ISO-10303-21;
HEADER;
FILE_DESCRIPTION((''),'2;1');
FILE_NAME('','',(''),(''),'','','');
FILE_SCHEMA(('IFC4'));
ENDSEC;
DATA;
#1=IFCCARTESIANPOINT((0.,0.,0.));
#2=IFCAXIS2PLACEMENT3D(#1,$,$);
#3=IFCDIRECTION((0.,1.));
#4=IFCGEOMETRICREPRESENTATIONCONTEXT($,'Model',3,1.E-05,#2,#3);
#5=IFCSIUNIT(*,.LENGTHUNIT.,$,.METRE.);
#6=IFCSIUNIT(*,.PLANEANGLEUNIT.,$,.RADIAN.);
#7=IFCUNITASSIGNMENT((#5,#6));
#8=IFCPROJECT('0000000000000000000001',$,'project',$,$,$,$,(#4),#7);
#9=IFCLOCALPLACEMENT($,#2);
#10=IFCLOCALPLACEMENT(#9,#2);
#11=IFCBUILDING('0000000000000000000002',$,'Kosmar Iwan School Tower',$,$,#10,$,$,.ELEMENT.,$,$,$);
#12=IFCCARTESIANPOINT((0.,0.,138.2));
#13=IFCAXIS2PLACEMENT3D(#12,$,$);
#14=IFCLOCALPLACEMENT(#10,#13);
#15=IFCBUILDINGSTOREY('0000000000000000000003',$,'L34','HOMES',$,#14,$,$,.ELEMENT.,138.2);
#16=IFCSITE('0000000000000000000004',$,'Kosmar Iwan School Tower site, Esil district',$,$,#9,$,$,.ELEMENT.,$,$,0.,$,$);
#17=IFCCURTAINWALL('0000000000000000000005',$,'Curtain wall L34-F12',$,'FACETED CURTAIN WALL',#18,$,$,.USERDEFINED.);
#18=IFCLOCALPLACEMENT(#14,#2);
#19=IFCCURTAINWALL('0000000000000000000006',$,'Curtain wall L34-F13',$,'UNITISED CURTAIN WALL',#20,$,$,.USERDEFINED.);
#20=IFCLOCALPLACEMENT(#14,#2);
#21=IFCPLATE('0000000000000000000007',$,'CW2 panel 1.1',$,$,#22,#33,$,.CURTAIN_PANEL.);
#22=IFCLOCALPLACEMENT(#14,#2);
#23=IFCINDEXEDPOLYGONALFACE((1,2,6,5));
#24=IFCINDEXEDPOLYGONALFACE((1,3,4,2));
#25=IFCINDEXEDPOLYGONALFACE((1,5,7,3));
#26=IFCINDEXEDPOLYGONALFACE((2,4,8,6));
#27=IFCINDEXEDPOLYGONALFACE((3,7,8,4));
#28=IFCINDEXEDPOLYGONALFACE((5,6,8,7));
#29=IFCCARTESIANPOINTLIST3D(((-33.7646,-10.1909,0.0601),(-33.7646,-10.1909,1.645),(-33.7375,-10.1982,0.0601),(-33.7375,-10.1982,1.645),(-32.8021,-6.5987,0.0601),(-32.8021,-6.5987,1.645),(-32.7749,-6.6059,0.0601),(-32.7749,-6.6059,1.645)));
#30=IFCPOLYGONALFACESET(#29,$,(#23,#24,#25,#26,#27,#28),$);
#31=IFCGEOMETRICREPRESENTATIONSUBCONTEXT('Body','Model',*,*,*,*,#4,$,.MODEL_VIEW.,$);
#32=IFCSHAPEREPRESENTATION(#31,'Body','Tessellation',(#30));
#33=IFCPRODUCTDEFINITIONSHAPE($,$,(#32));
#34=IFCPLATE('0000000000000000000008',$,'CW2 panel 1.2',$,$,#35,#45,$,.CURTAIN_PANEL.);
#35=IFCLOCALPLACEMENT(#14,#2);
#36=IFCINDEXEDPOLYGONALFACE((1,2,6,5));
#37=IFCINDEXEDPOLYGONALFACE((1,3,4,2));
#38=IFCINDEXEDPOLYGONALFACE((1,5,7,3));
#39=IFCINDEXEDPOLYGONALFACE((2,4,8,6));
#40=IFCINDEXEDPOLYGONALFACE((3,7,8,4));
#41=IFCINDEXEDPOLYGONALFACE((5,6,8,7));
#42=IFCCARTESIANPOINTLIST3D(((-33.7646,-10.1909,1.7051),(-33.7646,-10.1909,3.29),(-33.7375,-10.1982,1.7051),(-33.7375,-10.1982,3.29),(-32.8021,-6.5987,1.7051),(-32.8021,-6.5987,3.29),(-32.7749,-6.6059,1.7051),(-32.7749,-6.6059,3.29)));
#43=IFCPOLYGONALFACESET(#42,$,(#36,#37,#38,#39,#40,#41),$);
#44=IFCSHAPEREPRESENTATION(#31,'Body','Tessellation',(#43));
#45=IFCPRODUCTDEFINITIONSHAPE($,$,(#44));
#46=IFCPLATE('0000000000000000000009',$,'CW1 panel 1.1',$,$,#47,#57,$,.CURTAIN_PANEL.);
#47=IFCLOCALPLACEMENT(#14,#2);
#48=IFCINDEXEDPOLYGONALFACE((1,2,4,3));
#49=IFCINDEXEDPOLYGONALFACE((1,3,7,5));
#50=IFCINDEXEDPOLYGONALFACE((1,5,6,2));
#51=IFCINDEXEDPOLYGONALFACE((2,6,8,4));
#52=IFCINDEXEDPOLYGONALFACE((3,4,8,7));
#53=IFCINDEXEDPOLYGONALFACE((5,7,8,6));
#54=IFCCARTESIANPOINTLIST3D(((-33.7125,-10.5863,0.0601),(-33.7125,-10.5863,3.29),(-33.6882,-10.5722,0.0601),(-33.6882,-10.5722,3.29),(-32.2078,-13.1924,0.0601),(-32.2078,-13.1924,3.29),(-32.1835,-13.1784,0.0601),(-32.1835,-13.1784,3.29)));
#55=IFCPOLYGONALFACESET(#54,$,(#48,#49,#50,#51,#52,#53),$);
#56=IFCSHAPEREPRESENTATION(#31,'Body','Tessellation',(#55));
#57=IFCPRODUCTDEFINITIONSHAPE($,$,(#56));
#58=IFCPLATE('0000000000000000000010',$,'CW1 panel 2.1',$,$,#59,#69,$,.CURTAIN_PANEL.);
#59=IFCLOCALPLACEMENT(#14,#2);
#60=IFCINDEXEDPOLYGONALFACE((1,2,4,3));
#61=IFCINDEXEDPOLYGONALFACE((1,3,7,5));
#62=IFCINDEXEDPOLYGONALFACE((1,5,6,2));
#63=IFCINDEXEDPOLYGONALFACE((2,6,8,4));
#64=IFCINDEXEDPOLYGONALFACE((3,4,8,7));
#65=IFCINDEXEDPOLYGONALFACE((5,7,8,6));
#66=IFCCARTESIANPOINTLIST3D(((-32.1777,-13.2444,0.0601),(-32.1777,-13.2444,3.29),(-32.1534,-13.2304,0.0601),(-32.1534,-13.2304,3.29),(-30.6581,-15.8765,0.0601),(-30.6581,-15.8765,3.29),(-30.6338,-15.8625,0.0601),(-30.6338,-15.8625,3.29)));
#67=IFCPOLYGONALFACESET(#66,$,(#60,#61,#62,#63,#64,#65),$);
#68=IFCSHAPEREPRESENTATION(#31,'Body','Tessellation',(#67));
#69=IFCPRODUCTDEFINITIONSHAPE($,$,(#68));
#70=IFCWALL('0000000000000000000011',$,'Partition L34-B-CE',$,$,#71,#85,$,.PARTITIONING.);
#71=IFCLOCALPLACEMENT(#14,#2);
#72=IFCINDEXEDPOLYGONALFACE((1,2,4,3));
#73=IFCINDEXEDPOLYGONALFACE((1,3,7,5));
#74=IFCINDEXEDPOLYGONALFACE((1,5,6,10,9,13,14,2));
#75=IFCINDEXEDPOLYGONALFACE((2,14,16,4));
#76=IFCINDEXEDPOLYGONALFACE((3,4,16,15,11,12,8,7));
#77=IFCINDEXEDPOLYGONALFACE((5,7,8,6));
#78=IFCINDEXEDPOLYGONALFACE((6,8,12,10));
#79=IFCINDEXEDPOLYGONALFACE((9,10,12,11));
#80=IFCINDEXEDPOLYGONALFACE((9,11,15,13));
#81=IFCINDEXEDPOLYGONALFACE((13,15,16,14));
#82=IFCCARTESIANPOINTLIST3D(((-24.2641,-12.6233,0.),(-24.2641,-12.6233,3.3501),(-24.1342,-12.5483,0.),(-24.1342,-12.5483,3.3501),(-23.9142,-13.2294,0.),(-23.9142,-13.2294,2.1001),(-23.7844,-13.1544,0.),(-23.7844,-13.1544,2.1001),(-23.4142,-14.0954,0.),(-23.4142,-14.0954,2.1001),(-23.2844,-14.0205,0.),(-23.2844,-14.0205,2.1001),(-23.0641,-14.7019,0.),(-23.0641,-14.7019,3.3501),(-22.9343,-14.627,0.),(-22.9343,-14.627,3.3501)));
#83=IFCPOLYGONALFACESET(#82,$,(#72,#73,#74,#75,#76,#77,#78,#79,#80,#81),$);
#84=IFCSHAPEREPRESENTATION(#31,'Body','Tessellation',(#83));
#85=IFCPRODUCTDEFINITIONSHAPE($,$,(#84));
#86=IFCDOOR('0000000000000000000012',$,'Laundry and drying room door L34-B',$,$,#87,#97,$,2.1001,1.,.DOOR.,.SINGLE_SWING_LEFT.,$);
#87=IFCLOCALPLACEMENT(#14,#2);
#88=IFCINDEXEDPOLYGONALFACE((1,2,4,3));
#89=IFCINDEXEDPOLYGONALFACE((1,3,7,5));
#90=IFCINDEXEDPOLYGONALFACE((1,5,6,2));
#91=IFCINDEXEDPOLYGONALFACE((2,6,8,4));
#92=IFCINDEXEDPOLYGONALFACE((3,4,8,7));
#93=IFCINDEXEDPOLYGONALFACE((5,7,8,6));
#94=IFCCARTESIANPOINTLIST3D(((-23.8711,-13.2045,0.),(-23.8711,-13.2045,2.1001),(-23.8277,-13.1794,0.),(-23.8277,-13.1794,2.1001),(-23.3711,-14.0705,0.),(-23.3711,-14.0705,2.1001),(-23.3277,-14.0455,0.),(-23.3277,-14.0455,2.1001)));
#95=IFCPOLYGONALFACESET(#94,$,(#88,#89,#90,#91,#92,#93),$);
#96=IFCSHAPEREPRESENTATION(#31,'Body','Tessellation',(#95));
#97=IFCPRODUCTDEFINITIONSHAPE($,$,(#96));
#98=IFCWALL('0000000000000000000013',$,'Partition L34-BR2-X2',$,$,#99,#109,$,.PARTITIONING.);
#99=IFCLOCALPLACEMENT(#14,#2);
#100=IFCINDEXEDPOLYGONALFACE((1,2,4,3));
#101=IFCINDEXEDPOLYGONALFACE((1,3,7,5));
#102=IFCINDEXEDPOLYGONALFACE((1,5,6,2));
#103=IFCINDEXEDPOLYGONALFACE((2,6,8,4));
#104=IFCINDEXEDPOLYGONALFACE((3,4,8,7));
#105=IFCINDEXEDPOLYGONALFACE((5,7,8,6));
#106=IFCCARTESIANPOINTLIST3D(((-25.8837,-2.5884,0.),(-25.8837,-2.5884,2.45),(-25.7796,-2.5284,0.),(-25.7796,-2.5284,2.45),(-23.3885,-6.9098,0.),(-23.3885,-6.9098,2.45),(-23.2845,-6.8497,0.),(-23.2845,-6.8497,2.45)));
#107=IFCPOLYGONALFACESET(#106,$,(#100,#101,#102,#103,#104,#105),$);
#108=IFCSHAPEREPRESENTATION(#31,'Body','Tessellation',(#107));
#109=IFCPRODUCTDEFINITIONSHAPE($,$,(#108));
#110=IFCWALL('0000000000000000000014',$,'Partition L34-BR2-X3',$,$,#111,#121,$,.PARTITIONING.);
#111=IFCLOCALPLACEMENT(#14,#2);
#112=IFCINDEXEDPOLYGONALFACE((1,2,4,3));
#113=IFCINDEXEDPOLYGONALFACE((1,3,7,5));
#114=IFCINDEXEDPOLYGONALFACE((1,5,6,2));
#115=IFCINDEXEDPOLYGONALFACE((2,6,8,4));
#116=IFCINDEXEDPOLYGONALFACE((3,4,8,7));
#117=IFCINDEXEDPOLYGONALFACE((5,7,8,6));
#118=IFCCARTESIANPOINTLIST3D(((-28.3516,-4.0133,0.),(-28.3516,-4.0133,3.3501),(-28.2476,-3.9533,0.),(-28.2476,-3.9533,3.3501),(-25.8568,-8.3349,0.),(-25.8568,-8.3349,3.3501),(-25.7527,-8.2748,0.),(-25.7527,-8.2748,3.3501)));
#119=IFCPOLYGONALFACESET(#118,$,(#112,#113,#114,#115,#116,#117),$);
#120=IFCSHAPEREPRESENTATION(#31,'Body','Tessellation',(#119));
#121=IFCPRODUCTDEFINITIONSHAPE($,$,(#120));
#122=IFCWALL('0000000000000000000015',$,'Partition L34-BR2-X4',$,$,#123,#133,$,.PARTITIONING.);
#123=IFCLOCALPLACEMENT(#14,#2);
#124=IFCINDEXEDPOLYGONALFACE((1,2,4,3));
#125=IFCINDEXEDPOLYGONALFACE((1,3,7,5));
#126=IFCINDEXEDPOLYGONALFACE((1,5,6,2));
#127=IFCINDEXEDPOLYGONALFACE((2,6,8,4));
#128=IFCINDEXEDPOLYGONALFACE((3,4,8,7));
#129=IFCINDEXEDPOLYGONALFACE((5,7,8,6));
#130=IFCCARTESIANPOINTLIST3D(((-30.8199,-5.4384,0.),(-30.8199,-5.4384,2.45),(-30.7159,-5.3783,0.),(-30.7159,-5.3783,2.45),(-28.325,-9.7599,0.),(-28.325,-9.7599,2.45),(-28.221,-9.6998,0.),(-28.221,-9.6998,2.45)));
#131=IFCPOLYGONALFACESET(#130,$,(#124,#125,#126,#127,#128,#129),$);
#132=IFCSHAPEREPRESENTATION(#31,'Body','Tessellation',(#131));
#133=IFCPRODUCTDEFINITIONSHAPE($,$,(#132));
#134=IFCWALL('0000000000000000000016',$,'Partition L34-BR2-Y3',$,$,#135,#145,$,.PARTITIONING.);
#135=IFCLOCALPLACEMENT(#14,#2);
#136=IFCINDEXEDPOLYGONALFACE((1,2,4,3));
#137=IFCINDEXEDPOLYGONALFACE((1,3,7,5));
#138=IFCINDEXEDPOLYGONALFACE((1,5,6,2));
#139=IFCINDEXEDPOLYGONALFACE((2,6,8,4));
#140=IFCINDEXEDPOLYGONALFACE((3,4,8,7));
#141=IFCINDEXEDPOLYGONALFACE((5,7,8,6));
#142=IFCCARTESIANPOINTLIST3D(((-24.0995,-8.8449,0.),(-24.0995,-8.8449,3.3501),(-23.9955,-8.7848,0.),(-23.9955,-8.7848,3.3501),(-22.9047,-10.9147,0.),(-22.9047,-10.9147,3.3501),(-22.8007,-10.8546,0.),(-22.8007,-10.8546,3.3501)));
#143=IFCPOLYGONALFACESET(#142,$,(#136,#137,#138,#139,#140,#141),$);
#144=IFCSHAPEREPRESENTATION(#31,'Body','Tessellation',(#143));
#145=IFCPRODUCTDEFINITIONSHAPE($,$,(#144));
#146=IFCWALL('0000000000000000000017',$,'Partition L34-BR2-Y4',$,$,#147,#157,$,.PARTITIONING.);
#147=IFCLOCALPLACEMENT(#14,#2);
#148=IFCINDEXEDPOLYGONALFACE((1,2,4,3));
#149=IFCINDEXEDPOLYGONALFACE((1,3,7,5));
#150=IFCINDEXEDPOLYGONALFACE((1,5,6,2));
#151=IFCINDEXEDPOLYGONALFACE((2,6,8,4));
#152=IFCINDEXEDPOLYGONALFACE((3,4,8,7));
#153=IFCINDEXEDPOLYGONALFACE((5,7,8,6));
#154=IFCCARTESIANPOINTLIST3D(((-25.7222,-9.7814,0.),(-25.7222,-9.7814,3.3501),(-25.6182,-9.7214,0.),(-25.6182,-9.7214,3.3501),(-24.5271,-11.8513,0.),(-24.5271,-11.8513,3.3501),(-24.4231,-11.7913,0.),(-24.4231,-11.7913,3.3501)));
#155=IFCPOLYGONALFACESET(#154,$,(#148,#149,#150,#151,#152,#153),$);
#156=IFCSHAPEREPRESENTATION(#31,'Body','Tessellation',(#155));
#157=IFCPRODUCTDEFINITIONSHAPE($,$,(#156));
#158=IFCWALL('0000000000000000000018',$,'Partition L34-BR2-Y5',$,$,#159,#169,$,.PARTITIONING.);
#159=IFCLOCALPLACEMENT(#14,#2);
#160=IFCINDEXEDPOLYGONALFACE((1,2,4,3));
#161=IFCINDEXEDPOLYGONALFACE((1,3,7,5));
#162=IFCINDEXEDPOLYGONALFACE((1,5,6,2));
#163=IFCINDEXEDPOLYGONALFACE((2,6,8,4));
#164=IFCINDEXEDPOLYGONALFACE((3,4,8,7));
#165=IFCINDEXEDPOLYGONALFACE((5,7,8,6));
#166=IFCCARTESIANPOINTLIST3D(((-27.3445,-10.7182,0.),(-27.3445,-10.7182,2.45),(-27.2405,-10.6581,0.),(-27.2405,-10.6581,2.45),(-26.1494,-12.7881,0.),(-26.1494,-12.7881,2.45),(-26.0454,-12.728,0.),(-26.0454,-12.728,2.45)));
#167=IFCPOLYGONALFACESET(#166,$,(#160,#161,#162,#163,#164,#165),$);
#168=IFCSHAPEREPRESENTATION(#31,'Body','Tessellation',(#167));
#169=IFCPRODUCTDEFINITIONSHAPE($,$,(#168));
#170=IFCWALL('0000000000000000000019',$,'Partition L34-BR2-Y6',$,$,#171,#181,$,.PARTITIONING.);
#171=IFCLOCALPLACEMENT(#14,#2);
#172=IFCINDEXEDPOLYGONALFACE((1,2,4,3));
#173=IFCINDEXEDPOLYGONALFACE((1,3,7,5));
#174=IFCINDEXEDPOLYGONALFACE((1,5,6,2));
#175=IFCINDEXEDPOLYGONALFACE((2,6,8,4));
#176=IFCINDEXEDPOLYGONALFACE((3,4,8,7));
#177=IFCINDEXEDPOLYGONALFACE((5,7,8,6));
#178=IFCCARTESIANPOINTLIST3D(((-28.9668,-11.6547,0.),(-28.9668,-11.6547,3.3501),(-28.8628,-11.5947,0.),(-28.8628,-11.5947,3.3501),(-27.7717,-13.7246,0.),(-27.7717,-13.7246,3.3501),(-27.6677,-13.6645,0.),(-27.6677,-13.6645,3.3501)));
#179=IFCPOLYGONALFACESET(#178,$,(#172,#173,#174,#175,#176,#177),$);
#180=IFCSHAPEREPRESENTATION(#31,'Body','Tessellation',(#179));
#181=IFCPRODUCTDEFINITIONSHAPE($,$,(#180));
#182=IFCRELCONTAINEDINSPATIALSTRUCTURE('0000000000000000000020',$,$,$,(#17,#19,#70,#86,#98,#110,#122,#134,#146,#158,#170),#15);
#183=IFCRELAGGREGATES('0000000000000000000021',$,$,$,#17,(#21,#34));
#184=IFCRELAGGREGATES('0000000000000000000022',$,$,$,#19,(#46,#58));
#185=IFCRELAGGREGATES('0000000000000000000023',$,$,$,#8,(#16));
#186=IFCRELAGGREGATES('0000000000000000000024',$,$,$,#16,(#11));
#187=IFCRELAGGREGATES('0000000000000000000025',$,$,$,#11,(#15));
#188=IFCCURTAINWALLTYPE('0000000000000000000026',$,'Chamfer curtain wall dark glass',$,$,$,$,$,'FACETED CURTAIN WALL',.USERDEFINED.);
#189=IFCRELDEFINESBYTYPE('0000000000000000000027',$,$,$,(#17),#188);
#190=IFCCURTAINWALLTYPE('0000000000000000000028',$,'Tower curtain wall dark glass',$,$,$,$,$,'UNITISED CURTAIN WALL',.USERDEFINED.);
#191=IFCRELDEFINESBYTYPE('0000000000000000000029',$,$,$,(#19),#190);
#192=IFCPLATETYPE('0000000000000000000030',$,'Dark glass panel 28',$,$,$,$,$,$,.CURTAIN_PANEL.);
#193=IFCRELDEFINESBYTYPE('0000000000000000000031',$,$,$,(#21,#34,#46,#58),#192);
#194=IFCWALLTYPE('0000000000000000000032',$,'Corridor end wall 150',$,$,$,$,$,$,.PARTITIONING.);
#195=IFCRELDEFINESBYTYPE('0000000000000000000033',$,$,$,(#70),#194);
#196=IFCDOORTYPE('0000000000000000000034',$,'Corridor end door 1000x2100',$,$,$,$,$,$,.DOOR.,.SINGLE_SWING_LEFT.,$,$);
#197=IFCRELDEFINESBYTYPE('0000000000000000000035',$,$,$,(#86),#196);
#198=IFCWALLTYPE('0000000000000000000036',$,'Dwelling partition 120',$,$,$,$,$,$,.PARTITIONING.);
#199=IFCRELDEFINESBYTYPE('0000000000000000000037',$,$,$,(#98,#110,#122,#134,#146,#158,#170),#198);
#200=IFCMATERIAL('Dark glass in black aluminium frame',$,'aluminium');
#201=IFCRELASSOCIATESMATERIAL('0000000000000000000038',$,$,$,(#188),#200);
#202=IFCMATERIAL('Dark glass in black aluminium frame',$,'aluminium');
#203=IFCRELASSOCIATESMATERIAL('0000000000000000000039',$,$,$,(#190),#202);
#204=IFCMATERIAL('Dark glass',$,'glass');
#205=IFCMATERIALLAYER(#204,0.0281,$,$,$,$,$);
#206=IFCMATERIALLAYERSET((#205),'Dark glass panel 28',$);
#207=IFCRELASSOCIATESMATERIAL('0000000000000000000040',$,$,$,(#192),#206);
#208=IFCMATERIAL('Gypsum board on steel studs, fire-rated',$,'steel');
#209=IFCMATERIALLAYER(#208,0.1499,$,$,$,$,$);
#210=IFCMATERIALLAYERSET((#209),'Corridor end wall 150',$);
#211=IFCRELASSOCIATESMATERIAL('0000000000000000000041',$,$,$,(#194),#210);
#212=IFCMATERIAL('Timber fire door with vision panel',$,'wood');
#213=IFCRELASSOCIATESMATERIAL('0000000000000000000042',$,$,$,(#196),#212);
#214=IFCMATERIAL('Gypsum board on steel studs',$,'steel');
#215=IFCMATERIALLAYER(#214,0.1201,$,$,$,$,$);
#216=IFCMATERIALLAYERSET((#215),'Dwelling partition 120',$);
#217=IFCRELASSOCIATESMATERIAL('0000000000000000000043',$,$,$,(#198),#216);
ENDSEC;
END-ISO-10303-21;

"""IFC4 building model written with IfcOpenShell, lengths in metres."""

from ifc_helpers import new_model, si_unit, direction, frame, frame_2d, origin, origin_2d, place, context, subcontext, project, spatial, rectangle, extrude, material, layer, layer_set, type_object, element, fill, aggregate, save


model = new_model("IFC4")

# Units and contexts
model_context = context("Model", 3, precision=1e-05, world=origin(), true_north=direction((0.0, 1.0)))
body_context = subcontext(model_context, "Body", "Model", "MODEL_VIEW")
ifc_project = project(units=[si_unit("LENGTHUNIT", "METRE"), si_unit("PLANEANGLEUNIT", "RADIAN")], contexts=[model_context])

# Site, building, storey
site_placement = place(None, origin())
site = spatial("IfcSite", under=ifc_project, at=site_placement, Name="Kosmar Iwan School Tower site, Esil district", CompositionType="ELEMENT", RefElevation=0.0)
building_placement = place(site_placement, origin())
building = spatial("IfcBuilding", under=site, at=building_placement, Name="Kosmar Iwan School Tower", CompositionType="ELEMENT")
storey_placement = place(building_placement, frame((0.0, 0.0, 138.2)))
storey = spatial("IfcBuildingStorey", under=building, at=storey_placement, Name="L34", Description="HOMES", CompositionType="ELEMENT", Elevation=138.2)

# Curtain wall
ifc_material_1 = material(Name="Dark glass in black aluminium frame", Category="aluminium")
curtain_wall_type_1 = type_object("IfcCurtainWallType", Name="Chamfer curtain wall dark glass", ElementType="FACETED CURTAIN WALL", PredefinedType="USERDEFINED", material=ifc_material_1)
curtain_wall_1_placement = place(storey_placement, origin())
curtain_wall_1 = element("IfcCurtainWall", 1, at=curtain_wall_1_placement, inside=storey, type_object=curtain_wall_type_1, Name="Curtain wall L34-F12", ObjectType="FACETED CURTAIN WALL", PredefinedType="USERDEFINED")

# Curtain wall
ifc_material_2 = material(Name="Dark glass in black aluminium frame", Category="aluminium")
curtain_wall_type_2 = type_object("IfcCurtainWallType", Name="Tower curtain wall dark glass", ElementType="UNITISED CURTAIN WALL", PredefinedType="USERDEFINED", material=ifc_material_2)
curtain_wall_2_placement = place(storey_placement, origin())
curtain_wall_2 = element("IfcCurtainWall", 2, at=curtain_wall_2_placement, inside=storey, type_object=curtain_wall_type_2, Name="Curtain wall L34-F13", ObjectType="UNITISED CURTAIN WALL", PredefinedType="USERDEFINED")

# Plates
ifc_material_3 = material(Name="Dark glass", Category="glass")
ifc_layer_1 = layer(ifc_material_3, 0.0281)
ifc_layer_set_1 = layer_set([ifc_layer_1], Name="Dark glass panel 28")
plate_type = type_object("IfcPlateType", Name="Dark glass panel 28", PredefinedType="CURTAIN_PANEL", material=ifc_layer_set_1)
plate_1_placement = place(storey_placement, frame((-33.2698, -8.3984, 0.0601), z_axis=(0.0, 0.0, 1.0), x_axis=(-0.258819, -0.965926, 0.0)))
plate_1 = element("IfcPlate", 3, at=plate_1_placement, type_object=plate_type, Name="CW2 panel 1.1", PredefinedType="CURTAIN_PANEL", context=body_context, shape_type="SweptSolid", body=[
    extrude(rectangle(XDim=3.719, YDim=0.0281, at=origin_2d()), origin(), (0.0, 0.0, 1.0), 1.585),
])
plate_2_placement = place(storey_placement, frame((-33.2698, -8.3984, 1.7051), z_axis=(0.0, 0.0, 1.0), x_axis=(-0.258819, -0.965926, 0.0)))
plate_2 = element("IfcPlate", 4, at=plate_2_placement, type_object=plate_type, Name="CW2 panel 1.2", PredefinedType="CURTAIN_PANEL", context=body_context, shape_type="SweptSolid", body=[
    extrude(rectangle(XDim=3.719, YDim=0.0281, at=origin_2d()), origin(), (0.0, 0.0, 1.0), 1.585),
])
aggregate(curtain_wall_1, [plate_1, plate_2])
plate_3_placement = place(storey_placement, frame((-32.948, -11.8823, 0.0601), z_axis=(0.0, 0.0, 1.0), x_axis=(0.5, -0.866025, 0.0)))
plate_3 = element("IfcPlate", 5, at=plate_3_placement, type_object=plate_type, Name="CW1 panel 1.1", PredefinedType="CURTAIN_PANEL", context=body_context, shape_type="SweptSolid", body=[
    extrude(rectangle(XDim=3.0093, YDim=0.0281, at=origin_2d()), origin(), (0.0, 0.0, 1.0), 3.23),
])
plate_4_placement = place(storey_placement, frame((-31.4058, -14.5535, 0.0601), z_axis=(0.0, 0.0, 1.0), x_axis=(0.5, -0.866025, 0.0)))
plate_4 = element("IfcPlate", 6, at=plate_4_placement, type_object=plate_type, Name="CW1 panel 2.1", PredefinedType="CURTAIN_PANEL", context=body_context, shape_type="SweptSolid", body=[
    extrude(rectangle(XDim=3.0393, YDim=0.0281, at=origin_2d()), origin(), (0.0, 0.0, 1.0), 3.23),
])
aggregate(curtain_wall_2, [plate_3, plate_4])

# Wall, opening, door
ifc_material_4 = material(Name="Gypsum board on steel studs, fire-rated", Category="steel")
ifc_layer_2 = layer(ifc_material_4, 0.1499)
ifc_layer_set_2 = layer_set([ifc_layer_2], Name="Corridor end wall 150")
wall_type_1 = type_object("IfcWallType", Name="Corridor end wall 150", PredefinedType="PARTITIONING", material=ifc_layer_set_2)
wall_1_placement = place(storey_placement, frame((-24.1992, -12.5857, 0.0), z_axis=(0.0, 0.0, 1.0), x_axis=(0.499957, -0.86605, 0.0)))
wall_1 = element("IfcWall", 7, at=wall_1_placement, inside=storey, type_object=wall_type_1, Name="Partition L34-B-CE", PredefinedType="PARTITIONING", context=body_context, shape_type="SweptSolid", body=[
    extrude(rectangle(XDim=2.4001, YDim=0.1499, at=frame_2d((1.2002, 0.0))), origin(), (0.0, 0.0, 1.0), 3.3501),
])
opening_placement = place(wall_1_placement, frame((0.7, 0.0, 0.0)))
opening = element("IfcOpeningElement", 8, at=opening_placement, cuts=wall_1, PredefinedType="OPENING", context=body_context, shape_type="SweptSolid", body=[
    extrude(rectangle(XDim=1.0, YDim=2.1001, at=frame_2d((0.5, 1.05))), frame((0.0, 0.0869, 0.0), z_axis=(0.0, -1.0, 0.0), x_axis=(1.0, 0.0, 0.0)), (0.0, 0.0, 1.0), 0.1738),
])
ifc_material_5 = material(Name="Timber fire door with vision panel", Category="wood")
door_type = type_object("IfcDoorType", Name="Corridor end door 1000x2100", OperationType="SINGLE_SWING_LEFT", PredefinedType="DOOR", material=ifc_material_5)
door_placement = place(opening_placement, origin())
door = element("IfcDoor", 9, at=door_placement, inside=storey, type_object=door_type, Name="Laundry and drying room door L34-B", OperationType="SINGLE_SWING_LEFT", OverallHeight=2.1001, OverallWidth=1.0, PredefinedType="DOOR", context=body_context, shape_type="SweptSolid", body=[
    extrude(rectangle(XDim=1.0, YDim=2.1001, at=frame_2d((0.5, 1.05))), frame((0.0, 0.0249, 0.0), z_axis=(0.0, -1.0, 0.0), x_axis=(1.0, 0.0, 0.0)), (0.0, 0.0, 1.0), 0.05),
])
fill(opening, door)

# Walls
ifc_material_6 = material(Name="Gypsum board on steel studs", Category="steel")
ifc_layer_3 = layer(ifc_material_6, 0.1201)
ifc_layer_set_3 = layer_set([ifc_layer_3], Name="Dwelling partition 120")
wall_type_2 = type_object("IfcWallType", Name="Dwelling partition 120", PredefinedType="PARTITIONING", material=ifc_layer_set_3)
wall_2_placement = place(storey_placement, frame((-23.3364, -6.8799, 0.0), z_axis=(0.0, 0.0, 1.0), x_axis=(-0.500033, 0.866006, 0.0)))
element("IfcWall", 10, at=wall_2_placement, inside=storey, type_object=wall_type_2, Name="Partition L34-BR2-X2", PredefinedType="PARTITIONING", context=body_context, shape_type="SweptSolid", body=[
    extrude(rectangle(XDim=4.99, YDim=0.1201, at=frame_2d((2.4951, 0.0))), origin(), (0.0, 0.0, 1.0), 2.45),
])
wall_3_placement = place(storey_placement, frame((-25.8047, -8.3049, 0.0), z_axis=(0.0, 0.0, 1.0), x_axis=(-0.499975, 0.86604, 0.0)))
element("IfcWall", 11, at=wall_3_placement, inside=storey, type_object=wall_type_2, Name="Partition L34-BR2-X3", PredefinedType="PARTITIONING", context=body_context, shape_type="SweptSolid", body=[
    extrude(rectangle(XDim=4.99, YDim=0.1201, at=frame_2d((2.4951, 0.0))), origin(), (0.0, 0.0, 1.0), 3.3501),
])
wall_4_placement = place(storey_placement, frame((-28.2729, -9.73, 0.0), z_axis=(0.0, 0.0, 1.0), x_axis=(-0.499975, 0.86604, 0.0)))
element("IfcWall", 12, at=wall_4_placement, inside=storey, type_object=wall_type_2, Name="Partition L34-BR2-X4", PredefinedType="PARTITIONING", context=body_context, shape_type="SweptSolid", body=[
    extrude(rectangle(XDim=4.99, YDim=0.1201, at=frame_2d((2.4951, 0.0))), origin(), (0.0, 0.0, 1.0), 2.45),
])
wall_5_placement = place(storey_placement, frame((-22.8528, -10.8845, 0.0), z_axis=(0.0, 0.0, 1.0), x_axis=(-0.499941, 0.86606, 0.0)))
element("IfcWall", 13, at=wall_5_placement, inside=storey, type_object=wall_type_2, Name="Partition L34-BR2-Y3", PredefinedType="PARTITIONING", context=body_context, shape_type="SweptSolid", body=[
    extrude(rectangle(XDim=2.3899, YDim=0.1201, at=frame_2d((1.1948, 0.0))), origin(), (0.0, 0.0, 1.0), 3.3501),
])
wall_6_placement = place(storey_placement, frame((-24.4751, -11.8213, 0.0), z_axis=(0.0, 0.0, 1.0), x_axis=(-0.500017, 0.866015, 0.0)))
element("IfcWall", 14, at=wall_6_placement, inside=storey, type_object=wall_type_2, Name="Partition L34-BR2-Y4", PredefinedType="PARTITIONING", context=body_context, shape_type="SweptSolid", body=[
    extrude(rectangle(XDim=2.3901, YDim=0.1201, at=frame_2d((1.1951, 0.0))), origin(), (0.0, 0.0, 1.0), 3.3501),
])
wall_7_placement = place(storey_placement, frame((-26.0974, -12.7581, 0.0), z_axis=(0.0, 0.0, 1.0), x_axis=(-0.500017, 0.866015, 0.0)))
element("IfcWall", 15, at=wall_7_placement, inside=storey, type_object=wall_type_2, Name="Partition L34-BR2-Y5", PredefinedType="PARTITIONING", context=body_context, shape_type="SweptSolid", body=[
    extrude(rectangle(XDim=2.3901, YDim=0.1201, at=frame_2d((1.1951, 0.0))), origin(), (0.0, 0.0, 1.0), 2.45),
])
wall_8_placement = place(storey_placement, frame((-27.7197, -13.6946, 0.0), z_axis=(0.0, 0.0, 1.0), x_axis=(-0.500017, 0.866015, 0.0)))
element("IfcWall", 16, at=wall_8_placement, inside=storey, type_object=wall_type_2, Name="Partition L34-BR2-Y6", PredefinedType="PARTITIONING", context=body_context, shape_type="SweptSolid", body=[
    extrude(rectangle(XDim=2.3901, YDim=0.1201, at=frame_2d((1.1951, 0.0))), origin(), (0.0, 0.0, 1.0), 3.3501),
])

save(model, "model.ifc")
